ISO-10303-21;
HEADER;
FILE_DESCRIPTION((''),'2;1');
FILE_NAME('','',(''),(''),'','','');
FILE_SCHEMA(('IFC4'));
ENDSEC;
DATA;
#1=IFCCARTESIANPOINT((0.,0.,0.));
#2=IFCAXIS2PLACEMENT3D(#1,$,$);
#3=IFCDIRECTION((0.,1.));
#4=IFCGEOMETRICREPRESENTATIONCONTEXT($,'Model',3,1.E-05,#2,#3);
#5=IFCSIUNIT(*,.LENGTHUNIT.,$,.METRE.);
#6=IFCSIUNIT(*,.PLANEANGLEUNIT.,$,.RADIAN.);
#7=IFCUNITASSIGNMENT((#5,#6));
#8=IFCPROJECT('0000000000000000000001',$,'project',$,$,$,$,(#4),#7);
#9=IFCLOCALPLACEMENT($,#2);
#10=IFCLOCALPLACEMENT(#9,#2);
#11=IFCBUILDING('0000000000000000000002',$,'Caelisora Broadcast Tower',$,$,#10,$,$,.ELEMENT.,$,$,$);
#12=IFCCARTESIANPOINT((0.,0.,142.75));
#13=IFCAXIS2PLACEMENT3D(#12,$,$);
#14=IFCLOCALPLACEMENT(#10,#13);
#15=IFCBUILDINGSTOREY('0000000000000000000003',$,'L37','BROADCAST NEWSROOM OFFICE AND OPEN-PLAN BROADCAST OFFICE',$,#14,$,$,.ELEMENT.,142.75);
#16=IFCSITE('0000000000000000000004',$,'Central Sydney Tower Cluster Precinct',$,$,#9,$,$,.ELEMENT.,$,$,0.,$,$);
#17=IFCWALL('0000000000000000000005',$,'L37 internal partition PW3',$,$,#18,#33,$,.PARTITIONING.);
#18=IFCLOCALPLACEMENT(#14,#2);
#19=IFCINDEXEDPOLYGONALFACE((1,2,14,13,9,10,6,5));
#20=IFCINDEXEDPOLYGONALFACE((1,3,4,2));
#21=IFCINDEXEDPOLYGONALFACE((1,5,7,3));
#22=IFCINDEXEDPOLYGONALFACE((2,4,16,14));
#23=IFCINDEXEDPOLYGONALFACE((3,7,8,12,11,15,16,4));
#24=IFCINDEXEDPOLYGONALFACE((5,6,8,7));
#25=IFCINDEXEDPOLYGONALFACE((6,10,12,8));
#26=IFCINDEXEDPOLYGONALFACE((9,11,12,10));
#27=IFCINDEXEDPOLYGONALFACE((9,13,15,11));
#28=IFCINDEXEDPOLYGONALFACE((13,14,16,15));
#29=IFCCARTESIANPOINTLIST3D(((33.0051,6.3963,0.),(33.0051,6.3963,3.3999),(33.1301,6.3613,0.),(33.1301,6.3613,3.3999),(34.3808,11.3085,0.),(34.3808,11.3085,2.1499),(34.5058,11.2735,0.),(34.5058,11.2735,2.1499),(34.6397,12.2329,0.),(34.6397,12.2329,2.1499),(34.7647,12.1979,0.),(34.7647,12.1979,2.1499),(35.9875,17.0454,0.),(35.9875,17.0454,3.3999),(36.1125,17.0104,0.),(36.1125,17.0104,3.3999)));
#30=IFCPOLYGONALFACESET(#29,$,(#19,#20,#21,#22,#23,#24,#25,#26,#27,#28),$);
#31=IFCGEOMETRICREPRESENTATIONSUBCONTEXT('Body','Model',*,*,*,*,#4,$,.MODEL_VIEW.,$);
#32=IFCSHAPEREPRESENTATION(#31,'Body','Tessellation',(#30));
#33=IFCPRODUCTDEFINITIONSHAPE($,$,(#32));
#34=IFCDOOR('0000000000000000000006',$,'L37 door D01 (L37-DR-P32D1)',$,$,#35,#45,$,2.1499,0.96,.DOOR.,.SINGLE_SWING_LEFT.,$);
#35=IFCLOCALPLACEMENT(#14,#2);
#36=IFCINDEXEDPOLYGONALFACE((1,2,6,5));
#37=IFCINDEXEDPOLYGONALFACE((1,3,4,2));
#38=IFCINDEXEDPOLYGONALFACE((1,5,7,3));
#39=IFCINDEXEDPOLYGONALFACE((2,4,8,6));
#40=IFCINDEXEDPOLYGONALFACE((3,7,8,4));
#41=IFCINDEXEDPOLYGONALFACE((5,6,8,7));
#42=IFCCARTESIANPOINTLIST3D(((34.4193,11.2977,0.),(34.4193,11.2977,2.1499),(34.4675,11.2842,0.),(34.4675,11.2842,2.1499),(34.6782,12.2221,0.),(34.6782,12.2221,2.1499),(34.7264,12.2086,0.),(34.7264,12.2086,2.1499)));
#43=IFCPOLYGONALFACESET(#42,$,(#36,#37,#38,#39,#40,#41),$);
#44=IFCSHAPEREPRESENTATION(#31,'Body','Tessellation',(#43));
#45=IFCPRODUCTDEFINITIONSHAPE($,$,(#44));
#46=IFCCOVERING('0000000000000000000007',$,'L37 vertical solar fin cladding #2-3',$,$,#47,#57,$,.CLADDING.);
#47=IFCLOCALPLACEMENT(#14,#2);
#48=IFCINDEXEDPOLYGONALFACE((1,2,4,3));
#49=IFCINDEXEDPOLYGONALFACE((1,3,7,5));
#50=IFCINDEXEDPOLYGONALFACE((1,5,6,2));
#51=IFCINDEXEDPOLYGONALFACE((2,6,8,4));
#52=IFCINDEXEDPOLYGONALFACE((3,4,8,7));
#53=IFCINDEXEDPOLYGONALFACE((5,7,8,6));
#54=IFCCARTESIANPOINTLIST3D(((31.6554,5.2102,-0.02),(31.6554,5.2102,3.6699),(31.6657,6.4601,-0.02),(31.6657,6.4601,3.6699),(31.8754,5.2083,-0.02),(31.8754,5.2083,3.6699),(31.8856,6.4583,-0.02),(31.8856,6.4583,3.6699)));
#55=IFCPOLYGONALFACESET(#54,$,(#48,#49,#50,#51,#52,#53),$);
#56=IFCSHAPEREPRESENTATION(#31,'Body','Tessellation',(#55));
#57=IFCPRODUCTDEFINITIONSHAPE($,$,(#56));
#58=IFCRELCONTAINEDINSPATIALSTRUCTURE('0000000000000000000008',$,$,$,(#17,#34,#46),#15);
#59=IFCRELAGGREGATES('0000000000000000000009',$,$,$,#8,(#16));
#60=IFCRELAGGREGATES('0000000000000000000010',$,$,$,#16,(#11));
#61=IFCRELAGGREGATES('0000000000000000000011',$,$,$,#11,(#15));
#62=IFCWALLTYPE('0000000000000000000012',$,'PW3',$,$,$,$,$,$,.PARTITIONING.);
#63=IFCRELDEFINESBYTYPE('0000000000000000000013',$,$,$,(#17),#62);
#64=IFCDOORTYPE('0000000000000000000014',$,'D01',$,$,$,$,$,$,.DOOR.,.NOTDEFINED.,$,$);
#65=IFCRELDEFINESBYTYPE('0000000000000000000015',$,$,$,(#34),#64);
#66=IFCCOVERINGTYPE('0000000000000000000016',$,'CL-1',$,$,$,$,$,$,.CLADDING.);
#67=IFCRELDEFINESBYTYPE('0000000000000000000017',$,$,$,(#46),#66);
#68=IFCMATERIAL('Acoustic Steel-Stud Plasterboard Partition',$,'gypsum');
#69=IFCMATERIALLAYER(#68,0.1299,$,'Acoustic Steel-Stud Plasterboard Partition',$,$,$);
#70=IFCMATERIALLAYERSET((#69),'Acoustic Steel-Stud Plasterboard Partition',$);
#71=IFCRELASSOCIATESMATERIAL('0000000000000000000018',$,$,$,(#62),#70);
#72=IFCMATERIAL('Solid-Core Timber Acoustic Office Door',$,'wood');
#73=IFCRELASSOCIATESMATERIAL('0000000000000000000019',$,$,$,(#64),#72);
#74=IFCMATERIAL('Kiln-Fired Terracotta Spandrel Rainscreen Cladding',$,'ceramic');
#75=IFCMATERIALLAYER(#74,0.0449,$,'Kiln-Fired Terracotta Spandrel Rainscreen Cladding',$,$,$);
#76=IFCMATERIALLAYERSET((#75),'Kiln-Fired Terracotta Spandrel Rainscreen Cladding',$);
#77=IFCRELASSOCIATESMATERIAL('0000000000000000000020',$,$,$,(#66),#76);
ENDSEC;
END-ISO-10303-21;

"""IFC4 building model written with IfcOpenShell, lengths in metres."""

from ifc_helpers import new_model, si_unit, direction, frame, frame_2d, origin, origin_2d, place, context, subcontext, project, spatial, rectangle, extrude, source, transform, mapped, material, layer, layer_set, type_object, type_shapes, element, fill, save


model = new_model("IFC4")

# Units and contexts
model_context = context("Model", 3, precision=1e-05, world=origin(), true_north=direction((0.0, 1.0)))
body_context = subcontext(model_context, "Body", "Model", "MODEL_VIEW")
ifc_project = project(units=[si_unit("LENGTHUNIT", "METRE"), si_unit("PLANEANGLEUNIT", "RADIAN")], contexts=[model_context])

# Site, building, storey
site_placement = place(None, origin())
site = spatial("IfcSite", under=ifc_project, at=site_placement, Name="Central Sydney Tower Cluster Precinct", CompositionType="ELEMENT", RefElevation=0.0)
building_placement = place(site_placement, origin())
building = spatial("IfcBuilding", under=site, at=building_placement, Name="Caelisora Broadcast Tower", CompositionType="ELEMENT")
storey_placement = place(building_placement, frame((0.0, 0.0, 142.75)))
storey = spatial("IfcBuildingStorey", under=building, at=storey_placement, Name="L37", Description="BROADCAST NEWSROOM OFFICE AND OPEN-PLAN BROADCAST OFFICE", CompositionType="ELEMENT", Elevation=142.75)

# Wall, opening, door
ifc_material_1 = material(Name="Acoustic Steel-Stud Plasterboard Partition", Category="gypsum")
ifc_layer_1 = layer(ifc_material_1, 0.1299, Name="Acoustic Steel-Stud Plasterboard Partition")
ifc_layer_set_1 = layer_set([ifc_layer_1], Name="Acoustic Steel-Stud Plasterboard Partition")
wall_type = type_object("IfcWallType", Name="PW3", PredefinedType="PARTITIONING", material=ifc_layer_set_1)
wall_placement = place(storey_placement, frame((33.0676, 6.3789, 0.0), z_axis=(0.0, 0.0, 1.0), x_axis=(0.269685, 0.962949, 0.0)))
wall = element("IfcWall", 1, at=wall_placement, inside=storey, type_object=wall_type, Name="L37 internal partition PW3", PredefinedType="PARTITIONING", context=body_context, shape_type="SweptSolid", body=[
    extrude(rectangle(XDim=11.0588, YDim=0.1299, at=frame_2d((5.5293, 0.0))), origin(), (0.0, 0.0, 1.0), 3.3999),
])
opening_placement = place(wall_placement, frame((5.1011, 0.0, 0.0)))
opening = element("IfcOpeningElement", 2, at=opening_placement, cuts=wall, PredefinedType="OPENING", context=body_context, shape_type="SweptSolid", body=[
    extrude(rectangle(XDim=0.96, YDim=2.1499, at=frame_2d((0.48, 1.075))), frame((0.0, 0.0769, 0.0), z_axis=(0.0, -1.0, 0.0), x_axis=(1.0, 0.0, 0.0)), (0.0, 0.0, 1.0), 0.1538),
])
ifc_material_2 = material(Name="Solid-Core Timber Acoustic Office Door", Category="wood")
door_type = type_object("IfcDoorType", Name="D01", OperationType="NOTDEFINED", PredefinedType="DOOR", material=ifc_material_2)
door_placement = place(opening_placement, origin())
door = element("IfcDoor", 3, at=door_placement, inside=storey, type_object=door_type, Name="L37 door D01 (L37-DR-P32D1)", OperationType="SINGLE_SWING_LEFT", OverallHeight=2.1499, OverallWidth=0.96, PredefinedType="DOOR", context=body_context, shape_type="SweptSolid", body=[
    extrude(rectangle(XDim=0.96, YDim=2.1499, at=frame_2d((0.48, 1.075))), frame((0.0, 0.0249, 0.0), z_axis=(0.0, -1.0, 0.0), x_axis=(1.0, 0.0, 0.0)), (0.0, 0.0, 1.0), 0.05),
])
fill(opening, door)

# Covering
ifc_material_3 = material(Name="Kiln-Fired Terracotta Spandrel Rainscreen Cladding", Category="ceramic")
ifc_layer_2 = layer(ifc_material_3, 0.0449, Name="Kiln-Fired Terracotta Spandrel Rainscreen Cladding")
ifc_layer_set_2 = layer_set([ifc_layer_2], Name="Kiln-Fired Terracotta Spandrel Rainscreen Cladding")
covering_type = type_object("IfcCoveringType", Name="CL-1", PredefinedType="CLADDING", material=ifc_layer_set_2)
shared_shape_1 = source(origin(), body_context, "Body", "SweptSolid", [
    extrude(rectangle(XDim=0.22, YDim=1.25, at=origin_2d()), origin(), (0.0, 0.0, 1.0), 3.6899),
])
type_shapes(covering_type, [shared_shape_1])
covering_placement = place(storey_placement, frame((31.7705, 5.8342, -0.02), z_axis=(0.0, 0.0, 1.0), x_axis=(-0.999966, 0.008203, 0.0)))
element("IfcCovering", 4, at=covering_placement, inside=storey, type_object=covering_type, Name="L37 vertical solar fin cladding #2-3", PredefinedType="CLADDING", context=body_context, shape_type="MappedRepresentation", body=[
    mapped(shared_shape_1, transform((0.0, 0.0, 0.0), scale=1.0)),
])

save(model, "model.ifc")
